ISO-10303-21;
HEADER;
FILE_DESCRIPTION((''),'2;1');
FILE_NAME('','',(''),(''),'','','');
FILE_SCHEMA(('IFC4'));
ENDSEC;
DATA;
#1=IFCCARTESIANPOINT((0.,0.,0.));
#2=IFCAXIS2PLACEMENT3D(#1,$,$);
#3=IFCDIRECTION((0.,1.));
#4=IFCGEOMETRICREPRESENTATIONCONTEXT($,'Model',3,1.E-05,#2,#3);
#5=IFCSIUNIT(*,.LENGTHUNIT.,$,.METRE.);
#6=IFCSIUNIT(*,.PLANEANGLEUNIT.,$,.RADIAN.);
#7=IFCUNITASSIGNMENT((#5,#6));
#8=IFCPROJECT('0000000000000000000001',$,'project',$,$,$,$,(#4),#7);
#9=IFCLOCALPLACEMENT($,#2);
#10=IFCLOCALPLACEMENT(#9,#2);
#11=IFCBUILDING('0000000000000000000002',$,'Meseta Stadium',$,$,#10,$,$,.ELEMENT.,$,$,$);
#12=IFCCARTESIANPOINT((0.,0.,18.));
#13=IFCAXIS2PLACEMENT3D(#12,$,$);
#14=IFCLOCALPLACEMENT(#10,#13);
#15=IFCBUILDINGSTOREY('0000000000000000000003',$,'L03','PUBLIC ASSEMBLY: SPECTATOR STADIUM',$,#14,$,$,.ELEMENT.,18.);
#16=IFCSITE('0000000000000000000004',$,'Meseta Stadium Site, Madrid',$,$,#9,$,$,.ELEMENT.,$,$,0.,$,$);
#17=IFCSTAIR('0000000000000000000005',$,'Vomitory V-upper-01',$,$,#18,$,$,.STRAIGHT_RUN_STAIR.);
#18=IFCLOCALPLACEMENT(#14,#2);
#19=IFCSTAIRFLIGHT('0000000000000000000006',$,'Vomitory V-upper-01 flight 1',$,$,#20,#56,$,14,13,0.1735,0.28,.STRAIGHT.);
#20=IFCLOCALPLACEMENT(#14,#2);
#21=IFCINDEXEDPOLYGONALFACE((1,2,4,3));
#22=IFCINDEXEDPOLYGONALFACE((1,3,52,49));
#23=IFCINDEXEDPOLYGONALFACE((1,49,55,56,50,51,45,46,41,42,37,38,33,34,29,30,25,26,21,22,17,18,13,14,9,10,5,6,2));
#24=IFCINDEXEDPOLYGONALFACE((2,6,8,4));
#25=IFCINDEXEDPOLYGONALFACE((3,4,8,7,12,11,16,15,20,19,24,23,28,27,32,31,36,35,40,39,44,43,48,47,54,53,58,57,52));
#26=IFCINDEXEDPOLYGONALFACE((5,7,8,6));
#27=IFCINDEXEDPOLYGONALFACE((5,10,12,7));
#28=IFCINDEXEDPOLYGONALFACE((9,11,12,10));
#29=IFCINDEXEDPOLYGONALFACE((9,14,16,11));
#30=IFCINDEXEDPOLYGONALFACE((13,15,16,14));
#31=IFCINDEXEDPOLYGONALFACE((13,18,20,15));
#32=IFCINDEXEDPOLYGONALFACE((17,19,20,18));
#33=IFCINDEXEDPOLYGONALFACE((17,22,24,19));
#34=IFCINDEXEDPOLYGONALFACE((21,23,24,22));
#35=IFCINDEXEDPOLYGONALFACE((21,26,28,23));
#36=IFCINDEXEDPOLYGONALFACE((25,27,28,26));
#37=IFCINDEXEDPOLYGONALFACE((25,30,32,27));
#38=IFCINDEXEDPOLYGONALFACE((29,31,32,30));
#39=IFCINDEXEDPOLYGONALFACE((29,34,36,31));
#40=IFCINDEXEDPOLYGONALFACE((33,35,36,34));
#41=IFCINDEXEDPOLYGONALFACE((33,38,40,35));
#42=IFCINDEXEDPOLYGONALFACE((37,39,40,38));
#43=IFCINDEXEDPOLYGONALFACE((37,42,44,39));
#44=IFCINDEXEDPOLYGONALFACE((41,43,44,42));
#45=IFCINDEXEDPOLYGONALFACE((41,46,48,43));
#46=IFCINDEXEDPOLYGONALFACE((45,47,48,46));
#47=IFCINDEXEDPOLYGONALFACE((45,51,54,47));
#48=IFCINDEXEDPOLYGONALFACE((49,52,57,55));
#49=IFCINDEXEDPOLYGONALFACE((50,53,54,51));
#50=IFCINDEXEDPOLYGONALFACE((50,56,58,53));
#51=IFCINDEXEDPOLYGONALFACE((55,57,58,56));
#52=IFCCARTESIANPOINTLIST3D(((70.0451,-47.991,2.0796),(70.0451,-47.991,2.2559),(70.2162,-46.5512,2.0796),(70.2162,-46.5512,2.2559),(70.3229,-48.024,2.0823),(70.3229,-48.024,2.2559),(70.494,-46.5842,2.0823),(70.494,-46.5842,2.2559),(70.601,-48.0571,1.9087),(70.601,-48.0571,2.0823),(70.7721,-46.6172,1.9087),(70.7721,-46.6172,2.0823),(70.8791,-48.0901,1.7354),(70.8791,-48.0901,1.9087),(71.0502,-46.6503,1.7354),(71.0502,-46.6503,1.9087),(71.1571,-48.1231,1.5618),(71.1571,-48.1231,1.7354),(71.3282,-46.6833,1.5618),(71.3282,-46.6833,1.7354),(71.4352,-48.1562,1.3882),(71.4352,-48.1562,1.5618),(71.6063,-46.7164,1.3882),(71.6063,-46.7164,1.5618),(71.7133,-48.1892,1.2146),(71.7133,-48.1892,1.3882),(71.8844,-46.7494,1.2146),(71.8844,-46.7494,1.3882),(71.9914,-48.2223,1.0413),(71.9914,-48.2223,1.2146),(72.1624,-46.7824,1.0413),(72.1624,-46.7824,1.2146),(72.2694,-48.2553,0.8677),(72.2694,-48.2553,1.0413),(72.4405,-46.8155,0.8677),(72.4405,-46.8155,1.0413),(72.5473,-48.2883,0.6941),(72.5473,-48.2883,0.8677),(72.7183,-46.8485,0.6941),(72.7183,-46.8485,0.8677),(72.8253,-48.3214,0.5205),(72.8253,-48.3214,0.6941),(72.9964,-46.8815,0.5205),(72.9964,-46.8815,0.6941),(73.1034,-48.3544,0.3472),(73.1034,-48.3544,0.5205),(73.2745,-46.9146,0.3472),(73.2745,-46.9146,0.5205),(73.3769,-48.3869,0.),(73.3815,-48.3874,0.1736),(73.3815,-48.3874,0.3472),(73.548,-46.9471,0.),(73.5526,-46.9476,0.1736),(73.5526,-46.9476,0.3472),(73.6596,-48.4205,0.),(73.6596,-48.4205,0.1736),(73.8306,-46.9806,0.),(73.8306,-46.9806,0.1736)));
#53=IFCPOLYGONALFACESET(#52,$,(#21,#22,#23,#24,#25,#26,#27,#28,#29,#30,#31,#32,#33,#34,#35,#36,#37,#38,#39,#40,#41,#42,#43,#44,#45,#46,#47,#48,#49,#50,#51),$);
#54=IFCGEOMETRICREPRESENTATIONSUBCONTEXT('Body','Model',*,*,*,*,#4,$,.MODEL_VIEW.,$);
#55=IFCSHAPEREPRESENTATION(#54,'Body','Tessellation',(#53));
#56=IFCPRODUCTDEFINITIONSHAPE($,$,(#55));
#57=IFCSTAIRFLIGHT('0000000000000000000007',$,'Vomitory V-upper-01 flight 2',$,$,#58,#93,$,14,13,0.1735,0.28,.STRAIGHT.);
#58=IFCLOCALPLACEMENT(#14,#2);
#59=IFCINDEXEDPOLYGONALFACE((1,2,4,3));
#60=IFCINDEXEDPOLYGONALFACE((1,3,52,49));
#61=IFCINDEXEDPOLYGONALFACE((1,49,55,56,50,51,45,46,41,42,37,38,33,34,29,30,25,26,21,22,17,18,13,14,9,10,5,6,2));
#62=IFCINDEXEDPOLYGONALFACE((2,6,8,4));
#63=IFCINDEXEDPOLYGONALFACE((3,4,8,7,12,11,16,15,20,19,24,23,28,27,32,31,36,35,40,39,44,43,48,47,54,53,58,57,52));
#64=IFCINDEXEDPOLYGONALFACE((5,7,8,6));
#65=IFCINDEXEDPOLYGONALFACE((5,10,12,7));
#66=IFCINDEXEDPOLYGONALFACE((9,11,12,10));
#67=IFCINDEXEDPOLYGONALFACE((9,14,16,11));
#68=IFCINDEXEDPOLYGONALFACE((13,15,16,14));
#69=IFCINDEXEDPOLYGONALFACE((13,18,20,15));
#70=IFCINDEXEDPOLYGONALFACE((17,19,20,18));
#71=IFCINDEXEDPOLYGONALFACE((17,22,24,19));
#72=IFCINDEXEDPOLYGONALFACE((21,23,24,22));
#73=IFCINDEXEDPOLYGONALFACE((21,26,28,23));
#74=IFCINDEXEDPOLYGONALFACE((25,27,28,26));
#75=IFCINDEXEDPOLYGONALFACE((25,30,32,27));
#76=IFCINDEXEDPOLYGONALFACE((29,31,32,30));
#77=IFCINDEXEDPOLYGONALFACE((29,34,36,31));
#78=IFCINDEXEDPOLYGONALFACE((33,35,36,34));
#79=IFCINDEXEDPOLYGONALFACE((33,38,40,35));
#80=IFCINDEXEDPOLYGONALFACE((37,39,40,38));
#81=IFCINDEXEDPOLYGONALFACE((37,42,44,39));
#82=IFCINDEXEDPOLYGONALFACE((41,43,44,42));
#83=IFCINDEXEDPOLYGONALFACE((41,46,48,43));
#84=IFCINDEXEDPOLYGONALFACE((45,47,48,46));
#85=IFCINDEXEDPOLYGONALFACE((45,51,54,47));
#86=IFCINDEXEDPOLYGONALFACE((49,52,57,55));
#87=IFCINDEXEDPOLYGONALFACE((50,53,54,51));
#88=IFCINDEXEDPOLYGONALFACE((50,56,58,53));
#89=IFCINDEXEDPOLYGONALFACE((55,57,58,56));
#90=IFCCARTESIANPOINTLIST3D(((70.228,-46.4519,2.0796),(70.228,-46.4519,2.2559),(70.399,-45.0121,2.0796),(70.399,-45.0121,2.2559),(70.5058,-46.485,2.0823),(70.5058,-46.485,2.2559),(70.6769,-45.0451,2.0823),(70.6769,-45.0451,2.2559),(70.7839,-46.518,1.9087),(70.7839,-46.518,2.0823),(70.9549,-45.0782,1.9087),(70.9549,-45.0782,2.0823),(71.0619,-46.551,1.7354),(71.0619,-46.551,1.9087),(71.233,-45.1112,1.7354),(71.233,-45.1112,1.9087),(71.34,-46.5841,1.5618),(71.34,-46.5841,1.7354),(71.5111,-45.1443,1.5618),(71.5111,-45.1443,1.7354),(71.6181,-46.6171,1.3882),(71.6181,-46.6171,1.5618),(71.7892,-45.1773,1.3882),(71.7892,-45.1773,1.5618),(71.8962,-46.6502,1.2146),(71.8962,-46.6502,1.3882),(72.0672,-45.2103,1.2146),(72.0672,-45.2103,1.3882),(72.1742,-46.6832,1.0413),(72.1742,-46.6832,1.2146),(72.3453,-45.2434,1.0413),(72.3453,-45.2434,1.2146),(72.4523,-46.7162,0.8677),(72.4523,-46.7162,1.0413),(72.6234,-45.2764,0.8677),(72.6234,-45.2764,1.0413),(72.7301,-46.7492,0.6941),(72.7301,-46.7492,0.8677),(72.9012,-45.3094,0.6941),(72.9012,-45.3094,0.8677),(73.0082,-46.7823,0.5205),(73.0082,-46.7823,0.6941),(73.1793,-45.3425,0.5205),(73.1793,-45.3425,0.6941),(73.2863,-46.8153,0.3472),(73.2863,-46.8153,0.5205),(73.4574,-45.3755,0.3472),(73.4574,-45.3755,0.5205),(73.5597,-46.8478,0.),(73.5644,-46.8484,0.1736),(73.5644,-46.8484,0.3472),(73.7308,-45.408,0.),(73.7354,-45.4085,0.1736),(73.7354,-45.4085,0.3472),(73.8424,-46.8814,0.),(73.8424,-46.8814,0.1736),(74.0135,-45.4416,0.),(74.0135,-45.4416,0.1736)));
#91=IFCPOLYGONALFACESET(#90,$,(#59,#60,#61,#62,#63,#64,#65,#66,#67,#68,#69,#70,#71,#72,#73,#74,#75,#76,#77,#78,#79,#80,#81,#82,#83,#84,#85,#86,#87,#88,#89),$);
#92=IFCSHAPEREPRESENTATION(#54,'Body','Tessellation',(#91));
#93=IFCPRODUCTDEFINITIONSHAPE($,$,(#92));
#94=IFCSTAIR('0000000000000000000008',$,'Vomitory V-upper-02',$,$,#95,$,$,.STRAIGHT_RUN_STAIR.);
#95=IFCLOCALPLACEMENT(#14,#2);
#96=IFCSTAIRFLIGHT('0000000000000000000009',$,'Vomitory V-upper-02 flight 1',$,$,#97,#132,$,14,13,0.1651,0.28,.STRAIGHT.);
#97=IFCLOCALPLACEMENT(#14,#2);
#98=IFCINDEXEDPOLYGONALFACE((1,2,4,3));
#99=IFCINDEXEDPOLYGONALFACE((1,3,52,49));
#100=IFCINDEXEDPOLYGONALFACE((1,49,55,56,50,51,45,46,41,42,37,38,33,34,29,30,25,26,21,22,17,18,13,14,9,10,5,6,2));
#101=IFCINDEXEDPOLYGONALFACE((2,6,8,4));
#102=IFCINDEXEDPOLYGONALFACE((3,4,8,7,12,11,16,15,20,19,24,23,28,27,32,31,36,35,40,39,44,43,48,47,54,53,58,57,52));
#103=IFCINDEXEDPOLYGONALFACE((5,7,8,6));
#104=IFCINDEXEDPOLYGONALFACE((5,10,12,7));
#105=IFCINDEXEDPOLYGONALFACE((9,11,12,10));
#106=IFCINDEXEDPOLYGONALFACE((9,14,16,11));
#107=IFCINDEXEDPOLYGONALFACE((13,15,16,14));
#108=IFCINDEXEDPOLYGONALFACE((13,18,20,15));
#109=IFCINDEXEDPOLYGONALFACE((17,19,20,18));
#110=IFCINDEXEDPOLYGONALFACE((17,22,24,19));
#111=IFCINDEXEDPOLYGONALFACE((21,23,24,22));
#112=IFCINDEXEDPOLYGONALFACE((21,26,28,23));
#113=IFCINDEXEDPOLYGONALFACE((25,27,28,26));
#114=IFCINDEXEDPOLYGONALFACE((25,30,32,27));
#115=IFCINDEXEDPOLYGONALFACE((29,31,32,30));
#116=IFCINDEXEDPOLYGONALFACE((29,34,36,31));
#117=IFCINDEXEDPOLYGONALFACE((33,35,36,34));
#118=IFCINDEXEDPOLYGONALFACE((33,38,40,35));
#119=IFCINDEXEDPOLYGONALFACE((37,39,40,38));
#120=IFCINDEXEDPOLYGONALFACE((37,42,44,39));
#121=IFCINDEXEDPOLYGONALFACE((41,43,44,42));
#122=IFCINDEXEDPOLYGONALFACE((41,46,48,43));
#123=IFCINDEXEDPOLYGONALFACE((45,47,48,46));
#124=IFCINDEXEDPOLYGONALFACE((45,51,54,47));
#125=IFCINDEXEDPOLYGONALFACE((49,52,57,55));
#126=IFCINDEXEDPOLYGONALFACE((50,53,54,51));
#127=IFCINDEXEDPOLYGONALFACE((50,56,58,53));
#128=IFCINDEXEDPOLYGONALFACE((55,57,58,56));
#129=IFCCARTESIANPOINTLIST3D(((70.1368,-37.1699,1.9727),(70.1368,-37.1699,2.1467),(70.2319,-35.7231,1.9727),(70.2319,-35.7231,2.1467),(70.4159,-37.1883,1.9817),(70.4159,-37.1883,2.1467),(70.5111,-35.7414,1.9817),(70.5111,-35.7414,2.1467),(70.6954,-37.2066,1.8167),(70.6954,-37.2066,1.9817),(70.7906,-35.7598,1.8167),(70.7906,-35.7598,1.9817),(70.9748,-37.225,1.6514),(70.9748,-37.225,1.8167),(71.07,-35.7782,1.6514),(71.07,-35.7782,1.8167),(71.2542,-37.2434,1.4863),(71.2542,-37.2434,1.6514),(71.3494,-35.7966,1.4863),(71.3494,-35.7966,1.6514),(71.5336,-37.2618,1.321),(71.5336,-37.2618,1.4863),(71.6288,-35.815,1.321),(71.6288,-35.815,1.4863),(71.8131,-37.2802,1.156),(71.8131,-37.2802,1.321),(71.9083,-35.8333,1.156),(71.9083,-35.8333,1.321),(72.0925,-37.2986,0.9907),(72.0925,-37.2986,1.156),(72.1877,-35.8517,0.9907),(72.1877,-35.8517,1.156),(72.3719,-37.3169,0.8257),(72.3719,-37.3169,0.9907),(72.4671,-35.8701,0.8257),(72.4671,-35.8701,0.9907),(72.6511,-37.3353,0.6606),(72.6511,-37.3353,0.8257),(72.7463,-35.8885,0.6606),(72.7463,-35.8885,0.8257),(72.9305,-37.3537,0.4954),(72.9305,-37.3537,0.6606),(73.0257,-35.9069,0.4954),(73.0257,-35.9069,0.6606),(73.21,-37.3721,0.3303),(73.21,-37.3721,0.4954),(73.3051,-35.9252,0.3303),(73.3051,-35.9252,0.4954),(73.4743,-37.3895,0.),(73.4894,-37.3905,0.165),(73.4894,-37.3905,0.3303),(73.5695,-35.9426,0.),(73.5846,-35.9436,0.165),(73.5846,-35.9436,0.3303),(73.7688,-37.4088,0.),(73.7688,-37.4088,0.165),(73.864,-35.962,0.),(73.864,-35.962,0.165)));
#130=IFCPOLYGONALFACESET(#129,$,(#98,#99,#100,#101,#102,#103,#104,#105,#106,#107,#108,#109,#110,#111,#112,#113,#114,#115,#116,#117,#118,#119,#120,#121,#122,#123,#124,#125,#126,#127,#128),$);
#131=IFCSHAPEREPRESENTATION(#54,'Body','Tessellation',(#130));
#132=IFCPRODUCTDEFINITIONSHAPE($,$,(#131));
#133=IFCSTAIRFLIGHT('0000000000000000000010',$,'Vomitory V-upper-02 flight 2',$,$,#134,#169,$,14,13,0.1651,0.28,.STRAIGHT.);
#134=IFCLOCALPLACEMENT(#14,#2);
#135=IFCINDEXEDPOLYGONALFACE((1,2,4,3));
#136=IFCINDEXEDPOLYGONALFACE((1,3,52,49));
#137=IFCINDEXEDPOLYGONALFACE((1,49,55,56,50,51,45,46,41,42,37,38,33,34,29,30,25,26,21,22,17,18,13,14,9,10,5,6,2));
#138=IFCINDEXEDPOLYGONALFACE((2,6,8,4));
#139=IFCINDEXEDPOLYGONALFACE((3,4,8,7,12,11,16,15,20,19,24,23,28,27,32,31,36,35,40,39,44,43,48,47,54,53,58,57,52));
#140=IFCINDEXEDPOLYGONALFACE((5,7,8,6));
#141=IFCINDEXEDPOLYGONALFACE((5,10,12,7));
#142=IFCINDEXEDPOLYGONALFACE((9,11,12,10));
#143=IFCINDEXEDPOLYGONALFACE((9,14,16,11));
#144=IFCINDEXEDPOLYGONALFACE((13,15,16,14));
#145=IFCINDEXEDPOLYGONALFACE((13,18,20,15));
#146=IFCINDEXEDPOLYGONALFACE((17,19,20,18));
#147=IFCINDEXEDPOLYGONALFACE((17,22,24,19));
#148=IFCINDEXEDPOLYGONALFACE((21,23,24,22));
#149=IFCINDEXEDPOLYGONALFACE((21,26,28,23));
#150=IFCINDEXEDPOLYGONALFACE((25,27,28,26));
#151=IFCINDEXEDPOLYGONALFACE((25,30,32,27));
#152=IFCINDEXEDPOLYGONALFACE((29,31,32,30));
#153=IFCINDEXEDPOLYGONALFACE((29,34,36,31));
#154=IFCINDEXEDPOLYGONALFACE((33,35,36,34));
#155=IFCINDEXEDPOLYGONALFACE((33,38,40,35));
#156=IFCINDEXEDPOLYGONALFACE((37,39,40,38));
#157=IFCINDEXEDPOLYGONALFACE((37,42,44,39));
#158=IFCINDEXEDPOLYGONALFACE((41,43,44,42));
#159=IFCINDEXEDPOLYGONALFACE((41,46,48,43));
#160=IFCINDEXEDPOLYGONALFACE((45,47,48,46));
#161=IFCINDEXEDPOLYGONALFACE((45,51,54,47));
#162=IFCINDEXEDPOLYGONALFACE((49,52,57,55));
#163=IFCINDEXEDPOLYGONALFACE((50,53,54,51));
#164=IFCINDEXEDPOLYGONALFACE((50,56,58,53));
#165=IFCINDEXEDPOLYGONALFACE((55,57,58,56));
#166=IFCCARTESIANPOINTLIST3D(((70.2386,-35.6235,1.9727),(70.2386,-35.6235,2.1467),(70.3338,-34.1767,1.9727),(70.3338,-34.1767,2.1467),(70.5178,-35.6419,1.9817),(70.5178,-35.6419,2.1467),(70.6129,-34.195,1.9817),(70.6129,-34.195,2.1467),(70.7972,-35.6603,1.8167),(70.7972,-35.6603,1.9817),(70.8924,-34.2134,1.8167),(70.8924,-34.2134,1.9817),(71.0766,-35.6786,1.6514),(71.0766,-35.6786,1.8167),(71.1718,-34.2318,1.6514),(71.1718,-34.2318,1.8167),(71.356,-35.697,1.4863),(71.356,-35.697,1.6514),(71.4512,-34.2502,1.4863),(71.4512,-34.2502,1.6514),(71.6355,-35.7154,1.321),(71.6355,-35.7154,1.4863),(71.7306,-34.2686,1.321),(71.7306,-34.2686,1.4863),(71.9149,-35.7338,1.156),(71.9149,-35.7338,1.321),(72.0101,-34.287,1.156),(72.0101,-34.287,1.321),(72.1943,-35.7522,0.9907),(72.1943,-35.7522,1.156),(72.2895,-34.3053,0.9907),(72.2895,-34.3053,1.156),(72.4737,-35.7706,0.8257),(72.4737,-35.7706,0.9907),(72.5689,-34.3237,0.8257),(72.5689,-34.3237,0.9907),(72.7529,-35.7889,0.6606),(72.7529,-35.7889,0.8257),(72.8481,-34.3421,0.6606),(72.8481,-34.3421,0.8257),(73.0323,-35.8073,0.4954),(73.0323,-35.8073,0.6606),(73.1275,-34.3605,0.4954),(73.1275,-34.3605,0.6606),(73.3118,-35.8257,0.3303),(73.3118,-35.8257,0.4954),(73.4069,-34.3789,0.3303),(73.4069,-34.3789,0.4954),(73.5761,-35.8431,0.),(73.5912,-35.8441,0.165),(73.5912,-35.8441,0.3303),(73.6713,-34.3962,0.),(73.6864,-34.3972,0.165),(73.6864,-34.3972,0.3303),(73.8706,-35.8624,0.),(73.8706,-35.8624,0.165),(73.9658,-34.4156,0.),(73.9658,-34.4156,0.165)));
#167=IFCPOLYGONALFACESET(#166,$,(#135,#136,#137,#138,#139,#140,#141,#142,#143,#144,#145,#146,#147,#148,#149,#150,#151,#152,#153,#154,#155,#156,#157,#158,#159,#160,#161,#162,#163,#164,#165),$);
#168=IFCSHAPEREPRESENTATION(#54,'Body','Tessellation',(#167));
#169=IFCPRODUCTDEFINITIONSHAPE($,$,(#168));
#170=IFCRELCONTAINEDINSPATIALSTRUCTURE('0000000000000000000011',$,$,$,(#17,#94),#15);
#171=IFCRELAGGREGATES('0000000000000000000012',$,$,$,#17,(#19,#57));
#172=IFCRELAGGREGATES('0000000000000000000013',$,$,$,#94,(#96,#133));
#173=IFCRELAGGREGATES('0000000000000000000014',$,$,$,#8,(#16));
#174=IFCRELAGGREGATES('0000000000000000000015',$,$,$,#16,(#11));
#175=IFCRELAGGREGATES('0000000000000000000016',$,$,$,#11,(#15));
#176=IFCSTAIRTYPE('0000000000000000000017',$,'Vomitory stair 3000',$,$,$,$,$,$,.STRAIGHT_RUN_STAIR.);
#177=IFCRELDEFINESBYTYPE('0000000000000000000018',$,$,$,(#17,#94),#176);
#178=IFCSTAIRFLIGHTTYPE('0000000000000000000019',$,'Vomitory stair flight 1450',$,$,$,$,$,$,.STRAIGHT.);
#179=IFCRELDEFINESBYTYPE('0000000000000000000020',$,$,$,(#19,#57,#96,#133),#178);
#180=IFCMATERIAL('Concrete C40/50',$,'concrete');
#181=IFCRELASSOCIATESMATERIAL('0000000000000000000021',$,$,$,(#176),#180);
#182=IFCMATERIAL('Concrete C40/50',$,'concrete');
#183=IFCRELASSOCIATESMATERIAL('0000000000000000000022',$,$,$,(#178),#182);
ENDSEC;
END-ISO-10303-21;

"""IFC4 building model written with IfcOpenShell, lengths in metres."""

from ifc_helpers import new_model, si_unit, direction, frame, origin, place, context, subcontext, project, spatial, polyline, outline, extrude, material, type_object, element, aggregate, save


model = new_model("IFC4")

# Units and contexts
model_context = context("Model", 3, precision=1e-05, world=origin(), true_north=direction((0.0, 1.0)))
body_context = subcontext(model_context, "Body", "Model", "MODEL_VIEW")
ifc_project = project(units=[si_unit("LENGTHUNIT", "METRE"), si_unit("PLANEANGLEUNIT", "RADIAN")], contexts=[model_context])

# Site, building, storey
site_placement = place(None, origin())
site = spatial("IfcSite", under=ifc_project, at=site_placement, Name="Meseta Stadium Site, Madrid", CompositionType="ELEMENT", RefElevation=0.0)
building_placement = place(site_placement, origin())
building = spatial("IfcBuilding", under=site, at=building_placement, Name="Meseta Stadium", CompositionType="ELEMENT")
storey_placement = place(building_placement, frame((0.0, 0.0, 18.0)))
storey = spatial("IfcBuildingStorey", under=building, at=storey_placement, Name="L03", Description="PUBLIC ASSEMBLY: SPECTATOR STADIUM", CompositionType="ELEMENT", Elevation=18.0)

# Stairs, stair flights
ifc_material_1 = material(Name="Concrete C40/50", Category="concrete")
stair_type = type_object("IfcStairType", Name="Vomitory stair 3000", PredefinedType="STRAIGHT_RUN_STAIR", material=ifc_material_1)
stair_1_placement = place(storey_placement, origin())
stair_1 = element("IfcStair", 1, at=stair_1_placement, inside=storey, type_object=stair_type, Name="Vomitory V-upper-01", PredefinedType="STRAIGHT_RUN_STAIR")
ifc_material_2 = material(Name="Concrete C40/50", Category="concrete")
stair_flight_type = type_object("IfcStairFlightType", Name="Vomitory stair flight 1450", PredefinedType="STRAIGHT", material=ifc_material_2)
stair_flight_1_placement = place(storey_placement, frame((73.7451, -47.7004, 0.0), z_axis=(0.0, 0.0, 1.0), x_axis=(-0.993015, 0.117988, 0.0)))
stair_flight_1 = element("IfcStairFlight", 2, at=stair_flight_1_placement, type_object=stair_flight_type, Name="Vomitory V-upper-01 flight 1", NumberOfRisers=14, NumberOfTreads=13, PredefinedType="STRAIGHT", RiserHeight=0.1735, TreadLength=0.28, context=body_context, shape_type="SweptSolid", body=[
    extrude(outline(polyline([(0.0, 0.0), (0.0, 0.1736), (0.28, 0.1736), (0.28, 0.3472), (0.5601, 0.3472), (0.5601, 0.5205), (0.8401, 0.5205), (0.8401, 0.6941), (1.1201, 0.6941), (1.1201, 0.8677), (1.3999, 0.8677), (1.3999, 1.0413), (1.6799, 1.0413), (1.6799, 1.2146), (1.96, 1.2146), (1.96, 1.3882), (2.24, 1.3882), (2.24, 1.5618), (2.52, 1.5618), (2.52, 1.7354), (2.8, 1.7354), (2.8, 1.9087), (3.0801, 1.9087), (3.0801, 2.0823), (3.3601, 2.0823), (3.3601, 2.2559), (3.6399, 2.2559), (3.6399, 2.0796), (0.2847, 0.0), (0.0, 0.0)])), frame((0.0, 0.7251, 0.0), z_axis=(0.0, -1.0, 0.0), x_axis=(1.0, 0.0, 0.0)), (0.0, 0.0, 1.0), 1.45),
])
stair_flight_2_placement = place(storey_placement, frame((73.928, -46.1614, 0.0), z_axis=(0.0, 0.0, 1.0), x_axis=(-0.993015, 0.117988, 0.0)))
stair_flight_2 = element("IfcStairFlight", 3, at=stair_flight_2_placement, type_object=stair_flight_type, Name="Vomitory V-upper-01 flight 2", NumberOfRisers=14, NumberOfTreads=13, PredefinedType="STRAIGHT", RiserHeight=0.1735, TreadLength=0.28, context=body_context, shape_type="SweptSolid", body=[
    extrude(outline(polyline([(0.0, 0.0), (0.0, 0.1736), (0.28, 0.1736), (0.28, 0.3472), (0.5601, 0.3472), (0.5601, 0.5205), (0.8401, 0.5205), (0.8401, 0.6941), (1.1201, 0.6941), (1.1201, 0.8677), (1.3999, 0.8677), (1.3999, 1.0413), (1.6799, 1.0413), (1.6799, 1.2146), (1.96, 1.2146), (1.96, 1.3882), (2.24, 1.3882), (2.24, 1.5618), (2.52, 1.5618), (2.52, 1.7354), (2.8, 1.7354), (2.8, 1.9087), (3.0801, 1.9087), (3.0801, 2.0823), (3.3601, 2.0823), (3.3601, 2.2559), (3.6399, 2.2559), (3.6399, 2.0796), (0.2847, 0.0), (0.0, 0.0)])), frame((0.0, 0.7251, 0.0), z_axis=(0.0, -1.0, 0.0), x_axis=(1.0, 0.0, 0.0)), (0.0, 0.0, 1.0), 1.45),
])
aggregate(stair_1, [stair_flight_1, stair_flight_2])
stair_2_placement = place(storey_placement, origin())
stair_2 = element("IfcStair", 4, at=stair_2_placement, inside=storey, type_object=stair_type, Name="Vomitory V-upper-02", PredefinedType="STRAIGHT_RUN_STAIR")
stair_flight_3_placement = place(storey_placement, frame((73.8164, -36.6853, 0.0), z_axis=(0.0, 0.0, 1.0), x_axis=(-0.997843, 0.065647, 0.0)))
stair_flight_3 = element("IfcStairFlight", 5, at=stair_flight_3_placement, type_object=stair_flight_type, Name="Vomitory V-upper-02 flight 1", NumberOfRisers=14, NumberOfTreads=13, PredefinedType="STRAIGHT", RiserHeight=0.1651, TreadLength=0.28, context=body_context, shape_type="SweptSolid", body=[
    extrude(outline(polyline([(0.0, 0.0), (0.0, 0.165), (0.28, 0.165), (0.28, 0.3303), (0.5601, 0.3303), (0.5601, 0.4954), (0.8401, 0.4954), (0.8401, 0.6606), (1.1201, 0.6606), (1.1201, 0.8257), (1.3999, 0.8257), (1.3999, 0.9907), (1.6799, 0.9907), (1.6799, 1.156), (1.96, 1.156), (1.96, 1.321), (2.24, 1.321), (2.24, 1.4863), (2.52, 1.4863), (2.52, 1.6514), (2.8, 1.6514), (2.8, 1.8167), (3.0801, 1.8167), (3.0801, 1.9817), (3.3601, 1.9817), (3.3601, 2.1467), (3.6399, 2.1467), (3.6399, 1.9727), (0.2952, 0.0), (0.0, 0.0)])), frame((0.0, 0.7251, 0.0), z_axis=(0.0, -1.0, 0.0), x_axis=(1.0, 0.0, 0.0)), (0.0, 0.0, 1.0), 1.45),
])
stair_flight_4_placement = place(storey_placement, frame((73.9182, -35.1389, 0.0), z_axis=(0.0, 0.0, 1.0), x_axis=(-0.997843, 0.065647, 0.0)))
stair_flight_4 = element("IfcStairFlight", 6, at=stair_flight_4_placement, type_object=stair_flight_type, Name="Vomitory V-upper-02 flight 2", NumberOfRisers=14, NumberOfTreads=13, PredefinedType="STRAIGHT", RiserHeight=0.1651, TreadLength=0.28, context=body_context, shape_type="SweptSolid", body=[
    extrude(outline(polyline([(0.0, 0.0), (0.0, 0.165), (0.28, 0.165), (0.28, 0.3303), (0.5601, 0.3303), (0.5601, 0.4954), (0.8401, 0.4954), (0.8401, 0.6606), (1.1201, 0.6606), (1.1201, 0.8257), (1.3999, 0.8257), (1.3999, 0.9907), (1.6799, 0.9907), (1.6799, 1.156), (1.96, 1.156), (1.96, 1.321), (2.24, 1.321), (2.24, 1.4863), (2.52, 1.4863), (2.52, 1.6514), (2.8, 1.6514), (2.8, 1.8167), (3.0801, 1.8167), (3.0801, 1.9817), (3.3601, 1.9817), (3.3601, 2.1467), (3.6399, 2.1467), (3.6399, 1.9727), (0.2952, 0.0), (0.0, 0.0)])), frame((0.0, 0.7251, 0.0), z_axis=(0.0, -1.0, 0.0), x_axis=(1.0, 0.0, 0.0)), (0.0, 0.0, 1.0), 1.45),
])
aggregate(stair_2, [stair_flight_3, stair_flight_4])

save(model, "model.ifc")
